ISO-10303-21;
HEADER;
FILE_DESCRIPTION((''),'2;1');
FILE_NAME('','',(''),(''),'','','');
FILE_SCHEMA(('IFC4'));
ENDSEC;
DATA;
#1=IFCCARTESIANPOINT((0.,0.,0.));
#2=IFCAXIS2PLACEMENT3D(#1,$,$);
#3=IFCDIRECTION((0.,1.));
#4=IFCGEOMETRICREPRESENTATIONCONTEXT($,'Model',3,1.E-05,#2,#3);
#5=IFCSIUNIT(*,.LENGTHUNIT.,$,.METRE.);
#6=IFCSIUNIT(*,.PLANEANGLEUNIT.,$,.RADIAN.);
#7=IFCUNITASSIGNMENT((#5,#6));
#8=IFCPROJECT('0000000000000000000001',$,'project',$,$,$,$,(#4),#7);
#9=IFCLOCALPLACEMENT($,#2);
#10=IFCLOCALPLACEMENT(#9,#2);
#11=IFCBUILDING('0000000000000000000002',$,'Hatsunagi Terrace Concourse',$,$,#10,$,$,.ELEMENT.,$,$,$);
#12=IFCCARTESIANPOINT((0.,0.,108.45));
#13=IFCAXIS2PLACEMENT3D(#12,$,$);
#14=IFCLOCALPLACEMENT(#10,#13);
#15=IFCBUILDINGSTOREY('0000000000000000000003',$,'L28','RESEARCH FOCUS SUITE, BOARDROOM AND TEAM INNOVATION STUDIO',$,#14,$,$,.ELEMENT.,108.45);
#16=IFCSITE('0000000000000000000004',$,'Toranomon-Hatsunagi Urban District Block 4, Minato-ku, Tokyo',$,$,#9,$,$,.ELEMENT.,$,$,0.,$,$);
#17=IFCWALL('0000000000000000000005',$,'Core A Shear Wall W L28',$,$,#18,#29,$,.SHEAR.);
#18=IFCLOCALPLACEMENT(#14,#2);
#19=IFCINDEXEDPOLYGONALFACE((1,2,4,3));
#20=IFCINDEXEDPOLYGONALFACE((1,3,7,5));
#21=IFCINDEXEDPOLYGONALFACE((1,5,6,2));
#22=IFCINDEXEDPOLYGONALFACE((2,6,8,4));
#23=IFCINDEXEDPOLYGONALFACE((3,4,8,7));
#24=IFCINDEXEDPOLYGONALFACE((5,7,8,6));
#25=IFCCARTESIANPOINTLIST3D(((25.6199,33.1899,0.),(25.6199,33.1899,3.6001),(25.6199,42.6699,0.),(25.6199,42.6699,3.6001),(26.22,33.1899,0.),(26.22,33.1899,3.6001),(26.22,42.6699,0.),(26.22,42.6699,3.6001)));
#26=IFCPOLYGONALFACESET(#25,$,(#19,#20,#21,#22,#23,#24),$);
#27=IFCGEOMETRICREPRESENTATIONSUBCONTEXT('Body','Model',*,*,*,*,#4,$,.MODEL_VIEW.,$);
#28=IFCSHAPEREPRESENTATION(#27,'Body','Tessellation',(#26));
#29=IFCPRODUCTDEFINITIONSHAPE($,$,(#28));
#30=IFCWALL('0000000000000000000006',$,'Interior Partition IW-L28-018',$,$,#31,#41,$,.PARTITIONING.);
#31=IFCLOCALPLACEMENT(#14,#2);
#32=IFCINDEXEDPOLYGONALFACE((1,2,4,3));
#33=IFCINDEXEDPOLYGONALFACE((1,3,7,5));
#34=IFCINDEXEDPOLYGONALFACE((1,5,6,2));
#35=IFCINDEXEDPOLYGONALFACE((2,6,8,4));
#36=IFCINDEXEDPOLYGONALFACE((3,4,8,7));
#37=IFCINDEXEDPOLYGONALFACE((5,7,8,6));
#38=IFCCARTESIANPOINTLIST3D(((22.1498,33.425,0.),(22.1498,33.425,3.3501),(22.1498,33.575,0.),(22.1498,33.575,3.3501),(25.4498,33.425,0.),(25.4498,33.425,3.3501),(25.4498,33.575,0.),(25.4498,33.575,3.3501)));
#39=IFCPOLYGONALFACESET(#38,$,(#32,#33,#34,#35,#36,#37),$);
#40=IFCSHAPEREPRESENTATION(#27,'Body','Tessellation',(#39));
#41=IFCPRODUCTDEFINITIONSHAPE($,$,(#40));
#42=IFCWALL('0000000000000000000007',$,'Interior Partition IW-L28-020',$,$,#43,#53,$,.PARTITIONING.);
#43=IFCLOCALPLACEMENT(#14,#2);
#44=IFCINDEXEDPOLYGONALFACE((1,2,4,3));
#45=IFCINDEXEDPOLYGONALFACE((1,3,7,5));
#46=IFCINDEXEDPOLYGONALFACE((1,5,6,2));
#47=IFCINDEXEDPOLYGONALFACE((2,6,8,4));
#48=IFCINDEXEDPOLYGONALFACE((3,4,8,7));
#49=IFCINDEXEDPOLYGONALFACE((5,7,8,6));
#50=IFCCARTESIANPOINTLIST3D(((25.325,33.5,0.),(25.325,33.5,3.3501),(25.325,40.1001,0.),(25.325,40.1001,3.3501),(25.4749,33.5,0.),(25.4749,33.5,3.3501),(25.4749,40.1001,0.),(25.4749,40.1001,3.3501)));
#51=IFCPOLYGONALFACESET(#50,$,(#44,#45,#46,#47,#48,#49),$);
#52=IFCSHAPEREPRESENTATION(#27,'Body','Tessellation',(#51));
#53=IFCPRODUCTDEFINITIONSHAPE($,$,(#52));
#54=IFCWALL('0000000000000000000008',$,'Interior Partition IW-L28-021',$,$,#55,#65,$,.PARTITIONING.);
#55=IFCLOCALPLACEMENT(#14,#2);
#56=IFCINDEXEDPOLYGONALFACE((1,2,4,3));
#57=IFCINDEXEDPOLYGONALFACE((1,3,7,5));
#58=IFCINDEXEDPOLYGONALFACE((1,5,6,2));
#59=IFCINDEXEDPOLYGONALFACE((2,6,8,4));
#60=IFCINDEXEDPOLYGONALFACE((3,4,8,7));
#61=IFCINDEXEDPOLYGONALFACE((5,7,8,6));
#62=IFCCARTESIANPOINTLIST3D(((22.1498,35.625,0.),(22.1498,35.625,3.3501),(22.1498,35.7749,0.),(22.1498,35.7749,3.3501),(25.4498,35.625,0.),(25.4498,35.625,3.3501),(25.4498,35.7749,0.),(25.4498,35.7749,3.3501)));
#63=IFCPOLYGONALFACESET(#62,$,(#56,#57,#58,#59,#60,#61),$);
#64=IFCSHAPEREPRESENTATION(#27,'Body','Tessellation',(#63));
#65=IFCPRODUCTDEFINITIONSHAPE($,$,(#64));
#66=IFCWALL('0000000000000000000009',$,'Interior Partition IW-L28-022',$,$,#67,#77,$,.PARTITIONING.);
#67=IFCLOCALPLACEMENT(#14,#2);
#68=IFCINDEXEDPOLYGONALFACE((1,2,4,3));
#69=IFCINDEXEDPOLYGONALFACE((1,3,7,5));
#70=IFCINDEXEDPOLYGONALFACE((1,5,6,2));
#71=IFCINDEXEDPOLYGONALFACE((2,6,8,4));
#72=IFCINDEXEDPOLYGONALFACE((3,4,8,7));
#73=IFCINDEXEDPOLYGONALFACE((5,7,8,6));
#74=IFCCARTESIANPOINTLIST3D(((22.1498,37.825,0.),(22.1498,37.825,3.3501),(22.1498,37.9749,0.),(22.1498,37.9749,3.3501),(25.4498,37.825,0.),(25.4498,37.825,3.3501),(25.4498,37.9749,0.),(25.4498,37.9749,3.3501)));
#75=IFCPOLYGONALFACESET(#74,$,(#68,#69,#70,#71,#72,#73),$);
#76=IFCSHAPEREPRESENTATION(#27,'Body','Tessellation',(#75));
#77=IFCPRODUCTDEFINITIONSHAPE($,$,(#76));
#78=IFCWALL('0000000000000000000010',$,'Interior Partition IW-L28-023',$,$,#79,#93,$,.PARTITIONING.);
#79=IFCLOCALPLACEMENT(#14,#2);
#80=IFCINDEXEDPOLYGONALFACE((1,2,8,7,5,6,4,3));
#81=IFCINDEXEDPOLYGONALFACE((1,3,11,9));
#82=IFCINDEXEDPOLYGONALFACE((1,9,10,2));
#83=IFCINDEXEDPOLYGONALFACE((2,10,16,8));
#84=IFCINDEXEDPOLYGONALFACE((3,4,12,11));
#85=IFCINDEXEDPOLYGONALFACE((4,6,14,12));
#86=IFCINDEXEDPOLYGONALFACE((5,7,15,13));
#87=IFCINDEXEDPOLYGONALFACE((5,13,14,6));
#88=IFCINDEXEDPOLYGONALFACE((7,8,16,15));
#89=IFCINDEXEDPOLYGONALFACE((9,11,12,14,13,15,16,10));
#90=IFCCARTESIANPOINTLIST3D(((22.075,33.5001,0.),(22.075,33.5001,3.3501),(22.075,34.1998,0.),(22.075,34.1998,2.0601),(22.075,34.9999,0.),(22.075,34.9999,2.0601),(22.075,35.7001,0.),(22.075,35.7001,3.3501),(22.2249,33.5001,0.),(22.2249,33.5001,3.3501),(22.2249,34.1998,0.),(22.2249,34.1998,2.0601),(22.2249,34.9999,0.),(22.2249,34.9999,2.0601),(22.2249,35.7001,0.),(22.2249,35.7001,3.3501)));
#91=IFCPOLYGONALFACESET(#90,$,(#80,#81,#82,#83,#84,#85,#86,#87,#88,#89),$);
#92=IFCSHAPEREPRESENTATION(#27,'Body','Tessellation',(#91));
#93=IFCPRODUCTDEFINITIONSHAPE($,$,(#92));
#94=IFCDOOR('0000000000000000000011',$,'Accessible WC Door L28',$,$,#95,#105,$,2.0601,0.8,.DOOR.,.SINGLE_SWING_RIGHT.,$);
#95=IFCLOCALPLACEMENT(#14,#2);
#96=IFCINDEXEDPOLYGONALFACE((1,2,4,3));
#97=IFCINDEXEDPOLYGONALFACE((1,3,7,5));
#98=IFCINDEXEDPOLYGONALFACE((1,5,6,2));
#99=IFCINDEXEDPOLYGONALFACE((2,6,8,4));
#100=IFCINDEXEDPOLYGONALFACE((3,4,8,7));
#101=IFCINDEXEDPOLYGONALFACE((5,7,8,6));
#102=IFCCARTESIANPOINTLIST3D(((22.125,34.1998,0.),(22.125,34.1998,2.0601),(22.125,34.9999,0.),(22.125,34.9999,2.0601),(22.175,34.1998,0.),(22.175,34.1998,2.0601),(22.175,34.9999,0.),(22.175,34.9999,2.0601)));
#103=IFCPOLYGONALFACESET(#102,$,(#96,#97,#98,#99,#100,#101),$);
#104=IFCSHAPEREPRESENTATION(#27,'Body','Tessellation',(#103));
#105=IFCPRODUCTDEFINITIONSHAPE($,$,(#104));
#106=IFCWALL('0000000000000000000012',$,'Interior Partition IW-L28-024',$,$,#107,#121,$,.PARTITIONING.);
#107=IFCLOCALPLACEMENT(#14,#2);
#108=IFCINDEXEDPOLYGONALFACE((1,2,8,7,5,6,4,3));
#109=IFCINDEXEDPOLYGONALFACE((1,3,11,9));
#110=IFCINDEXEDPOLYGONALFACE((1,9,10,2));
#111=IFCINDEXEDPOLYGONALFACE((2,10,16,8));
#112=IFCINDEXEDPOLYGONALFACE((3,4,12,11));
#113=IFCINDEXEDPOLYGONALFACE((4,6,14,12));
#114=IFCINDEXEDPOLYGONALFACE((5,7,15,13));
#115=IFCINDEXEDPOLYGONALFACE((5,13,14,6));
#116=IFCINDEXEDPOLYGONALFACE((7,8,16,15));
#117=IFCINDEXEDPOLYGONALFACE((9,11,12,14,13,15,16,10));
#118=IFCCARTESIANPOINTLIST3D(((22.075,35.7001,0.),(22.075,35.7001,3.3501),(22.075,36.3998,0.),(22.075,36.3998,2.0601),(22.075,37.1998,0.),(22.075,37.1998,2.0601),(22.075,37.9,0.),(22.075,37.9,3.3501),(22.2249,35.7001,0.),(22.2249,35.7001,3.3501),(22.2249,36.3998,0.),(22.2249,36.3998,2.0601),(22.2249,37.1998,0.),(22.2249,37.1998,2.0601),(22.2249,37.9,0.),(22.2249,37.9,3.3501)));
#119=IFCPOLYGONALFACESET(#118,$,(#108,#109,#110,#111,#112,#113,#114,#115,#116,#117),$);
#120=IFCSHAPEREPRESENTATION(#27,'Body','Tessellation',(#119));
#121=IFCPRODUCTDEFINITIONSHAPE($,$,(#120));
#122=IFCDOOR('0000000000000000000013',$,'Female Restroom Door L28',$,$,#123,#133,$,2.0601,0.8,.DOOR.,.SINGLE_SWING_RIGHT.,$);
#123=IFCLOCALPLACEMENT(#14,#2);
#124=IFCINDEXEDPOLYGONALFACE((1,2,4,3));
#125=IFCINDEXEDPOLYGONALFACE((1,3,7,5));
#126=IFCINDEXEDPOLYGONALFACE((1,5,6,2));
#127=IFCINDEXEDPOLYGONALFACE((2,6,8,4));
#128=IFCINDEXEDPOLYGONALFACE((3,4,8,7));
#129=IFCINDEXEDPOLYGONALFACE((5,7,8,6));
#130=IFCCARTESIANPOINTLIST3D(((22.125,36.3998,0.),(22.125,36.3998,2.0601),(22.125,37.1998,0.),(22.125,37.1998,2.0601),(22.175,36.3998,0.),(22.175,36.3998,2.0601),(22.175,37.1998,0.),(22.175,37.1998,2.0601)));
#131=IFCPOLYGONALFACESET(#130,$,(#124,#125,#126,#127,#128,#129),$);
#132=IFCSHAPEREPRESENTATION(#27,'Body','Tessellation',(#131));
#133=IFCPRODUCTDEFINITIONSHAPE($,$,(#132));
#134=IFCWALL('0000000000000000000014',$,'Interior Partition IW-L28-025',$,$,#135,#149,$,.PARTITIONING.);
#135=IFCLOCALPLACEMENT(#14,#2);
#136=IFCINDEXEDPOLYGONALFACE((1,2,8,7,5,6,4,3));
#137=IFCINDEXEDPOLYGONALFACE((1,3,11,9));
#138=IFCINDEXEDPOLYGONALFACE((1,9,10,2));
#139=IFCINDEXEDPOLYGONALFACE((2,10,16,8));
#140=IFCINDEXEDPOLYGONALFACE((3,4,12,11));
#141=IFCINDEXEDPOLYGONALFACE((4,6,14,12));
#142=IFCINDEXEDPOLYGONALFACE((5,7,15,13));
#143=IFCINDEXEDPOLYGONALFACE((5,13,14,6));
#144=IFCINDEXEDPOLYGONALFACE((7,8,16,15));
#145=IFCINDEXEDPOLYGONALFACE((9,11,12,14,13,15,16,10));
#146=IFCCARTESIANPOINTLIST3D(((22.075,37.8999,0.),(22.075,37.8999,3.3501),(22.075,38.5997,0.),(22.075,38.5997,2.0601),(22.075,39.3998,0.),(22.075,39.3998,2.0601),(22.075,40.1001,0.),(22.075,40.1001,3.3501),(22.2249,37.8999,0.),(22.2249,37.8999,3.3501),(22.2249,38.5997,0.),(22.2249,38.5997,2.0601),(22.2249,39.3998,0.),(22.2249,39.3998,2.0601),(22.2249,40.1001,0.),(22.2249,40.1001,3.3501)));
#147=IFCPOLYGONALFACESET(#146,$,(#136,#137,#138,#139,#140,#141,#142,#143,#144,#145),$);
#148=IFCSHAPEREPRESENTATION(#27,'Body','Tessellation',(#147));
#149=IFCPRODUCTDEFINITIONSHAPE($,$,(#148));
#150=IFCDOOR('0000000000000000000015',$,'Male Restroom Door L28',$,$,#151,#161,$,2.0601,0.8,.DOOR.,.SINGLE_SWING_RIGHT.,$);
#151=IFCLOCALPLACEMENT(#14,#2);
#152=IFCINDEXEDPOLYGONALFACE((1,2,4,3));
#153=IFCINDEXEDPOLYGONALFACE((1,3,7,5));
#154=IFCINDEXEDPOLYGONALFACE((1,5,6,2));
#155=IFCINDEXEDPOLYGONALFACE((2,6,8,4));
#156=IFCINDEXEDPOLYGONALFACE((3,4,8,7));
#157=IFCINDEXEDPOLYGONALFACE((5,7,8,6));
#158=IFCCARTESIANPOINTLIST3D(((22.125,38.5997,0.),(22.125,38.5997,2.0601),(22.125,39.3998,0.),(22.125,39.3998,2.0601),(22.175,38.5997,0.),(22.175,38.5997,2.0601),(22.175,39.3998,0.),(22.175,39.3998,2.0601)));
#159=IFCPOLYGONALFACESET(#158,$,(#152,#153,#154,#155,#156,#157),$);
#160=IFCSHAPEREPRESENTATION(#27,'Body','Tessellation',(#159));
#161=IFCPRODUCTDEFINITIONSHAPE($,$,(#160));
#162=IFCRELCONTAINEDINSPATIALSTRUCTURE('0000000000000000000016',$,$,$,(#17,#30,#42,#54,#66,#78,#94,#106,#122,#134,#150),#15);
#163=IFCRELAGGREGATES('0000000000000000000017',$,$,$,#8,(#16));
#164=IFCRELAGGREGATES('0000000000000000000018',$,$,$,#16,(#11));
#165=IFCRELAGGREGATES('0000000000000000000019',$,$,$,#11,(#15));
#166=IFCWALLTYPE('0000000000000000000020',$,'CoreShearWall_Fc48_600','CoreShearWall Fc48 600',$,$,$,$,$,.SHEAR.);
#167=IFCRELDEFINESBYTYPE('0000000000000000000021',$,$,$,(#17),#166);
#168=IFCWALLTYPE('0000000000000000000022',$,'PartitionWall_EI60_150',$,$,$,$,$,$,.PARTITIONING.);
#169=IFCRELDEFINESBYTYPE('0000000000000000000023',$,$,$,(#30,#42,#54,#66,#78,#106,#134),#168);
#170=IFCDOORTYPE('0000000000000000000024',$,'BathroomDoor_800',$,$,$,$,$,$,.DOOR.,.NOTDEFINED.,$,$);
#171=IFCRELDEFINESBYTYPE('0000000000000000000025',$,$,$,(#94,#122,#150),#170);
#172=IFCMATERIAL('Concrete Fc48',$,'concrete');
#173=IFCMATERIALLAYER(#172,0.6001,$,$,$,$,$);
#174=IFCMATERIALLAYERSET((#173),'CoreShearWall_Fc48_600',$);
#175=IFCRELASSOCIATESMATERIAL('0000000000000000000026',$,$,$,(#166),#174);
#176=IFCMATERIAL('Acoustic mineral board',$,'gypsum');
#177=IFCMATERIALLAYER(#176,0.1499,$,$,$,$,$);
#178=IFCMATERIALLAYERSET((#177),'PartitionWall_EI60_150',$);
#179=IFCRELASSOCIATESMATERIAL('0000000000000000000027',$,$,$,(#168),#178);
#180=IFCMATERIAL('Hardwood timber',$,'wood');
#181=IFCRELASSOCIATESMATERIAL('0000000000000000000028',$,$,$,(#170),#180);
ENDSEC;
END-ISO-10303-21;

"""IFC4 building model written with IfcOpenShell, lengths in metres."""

from ifc_helpers import new_model, si_unit, direction, frame, frame_2d, origin, place, context, subcontext, project, spatial, rectangle, extrude, material, layer, layer_set, type_object, element, fill, save


model = new_model("IFC4")

# Units and contexts
model_context = context("Model", 3, precision=1e-05, world=origin(), true_north=direction((0.0, 1.0)))
body_context = subcontext(model_context, "Body", "Model", "MODEL_VIEW")
ifc_project = project(units=[si_unit("LENGTHUNIT", "METRE"), si_unit("PLANEANGLEUNIT", "RADIAN")], contexts=[model_context])

# Site, building, storey
site_placement = place(None, origin())
site = spatial("IfcSite", under=ifc_project, at=site_placement, Name="Toranomon-Hatsunagi Urban District Block 4, Minato-ku, Tokyo", CompositionType="ELEMENT", RefElevation=0.0)
building_placement = place(site_placement, origin())
building = spatial("IfcBuilding", under=site, at=building_placement, Name="Hatsunagi Terrace Concourse", CompositionType="ELEMENT")
storey_placement = place(building_placement, frame((0.0, 0.0, 108.45)))
storey = spatial("IfcBuildingStorey", under=building, at=storey_placement, Name="L28", Description="RESEARCH FOCUS SUITE, BOARDROOM AND TEAM INNOVATION STUDIO", CompositionType="ELEMENT", Elevation=108.45)

# Walls
ifc_material_1 = material(Name="Concrete Fc48", Category="concrete")
ifc_layer_1 = layer(ifc_material_1, 0.6001)
ifc_layer_set_1 = layer_set([ifc_layer_1], Name="CoreShearWall_Fc48_600")
wall_type_1 = type_object("IfcWallType", Name="CoreShearWall_Fc48_600", Description="CoreShearWall Fc48 600", PredefinedType="SHEAR", material=ifc_layer_set_1)
wall_1_placement = place(storey_placement, frame((25.9199, 33.1899, 0.0), z_axis=(0.0, 0.0, 1.0), x_axis=(0.0, 1.0, 0.0)))
element("IfcWall", 1, at=wall_1_placement, inside=storey, type_object=wall_type_1, Name="Core A Shear Wall W L28", PredefinedType="SHEAR", context=body_context, shape_type="SweptSolid", body=[
    extrude(rectangle(XDim=9.48, YDim=0.6001, at=frame_2d((4.74, 0.0))), origin(), (0.0, 0.0, 1.0), 3.6001),
])
ifc_material_2 = material(Name="Acoustic mineral board", Category="gypsum")
ifc_layer_2 = layer(ifc_material_2, 0.1499)
ifc_layer_set_2 = layer_set([ifc_layer_2], Name="PartitionWall_EI60_150")
wall_type_2 = type_object("IfcWallType", Name="PartitionWall_EI60_150", PredefinedType="PARTITIONING", material=ifc_layer_set_2)
wall_2_placement = place(storey_placement, frame((22.1499, 33.5, 0.0), z_axis=(0.0, 0.0, 1.0), x_axis=(1.0, 0.0, 0.0)))
element("IfcWall", 2, at=wall_2_placement, inside=storey, type_object=wall_type_2, Name="Interior Partition IW-L28-018", PredefinedType="PARTITIONING", context=body_context, shape_type="SweptSolid", body=[
    extrude(rectangle(XDim=3.3, YDim=0.1499, at=frame_2d((1.6499, 0.0))), origin(), (0.0, 0.0, 1.0), 3.3501),
])
wall_3_placement = place(storey_placement, frame((25.3999, 33.5, 0.0), z_axis=(0.0, 0.0, 1.0), x_axis=(0.0, 1.0, 0.0)))
element("IfcWall", 3, at=wall_3_placement, inside=storey, type_object=wall_type_2, Name="Interior Partition IW-L28-020", PredefinedType="PARTITIONING", context=body_context, shape_type="SweptSolid", body=[
    extrude(rectangle(XDim=6.6001, YDim=0.1499, at=frame_2d((3.3, 0.0))), origin(), (0.0, 0.0, 1.0), 3.3501),
])
for number, where, z_axis, x_axis, name in (
    (4, (22.1499, 35.7, 0.0), (0.0, 0.0, 1.0), (1.0, 0.0, 0.0), "Interior Partition IW-L28-021"),
    (5, (22.1499, 37.8999, 0.0), (0.0, 0.0, 1.0), (1.0, 0.0, 0.0), "Interior Partition IW-L28-022"),
):
    element("IfcWall", number, at=place(storey_placement, frame(where, z_axis=z_axis, x_axis=x_axis)), inside=storey, type_object=wall_type_2, Name=name, PredefinedType="PARTITIONING", context=body_context, shape_type="SweptSolid", body=[
        extrude(rectangle(XDim=3.3, YDim=0.1499, at=frame_2d((1.6499, 0.0))), origin(), (0.0, 0.0, 1.0), 3.3501),
    ])

# Walls, openings, doors
wall_4_placement = place(storey_placement, frame((22.1499, 33.5, 0.0), z_axis=(0.0, 0.0, 1.0), x_axis=(0.0, 1.0, 0.0)))
wall_4 = element("IfcWall", 6, at=wall_4_placement, inside=storey, type_object=wall_type_2, Name="Interior Partition IW-L28-023", PredefinedType="PARTITIONING", context=body_context, shape_type="SweptSolid", body=[
    extrude(rectangle(XDim=2.2, YDim=0.1499, at=frame_2d((1.1001, 0.0))), origin(), (0.0, 0.0, 1.0), 3.3501),
])
opening_1_placement = place(wall_4_placement, frame((0.7, 0.0, 0.0)))
opening_1 = element("IfcOpeningElement", 7, at=opening_1_placement, cuts=wall_4, PredefinedType="OPENING", context=body_context, shape_type="SweptSolid", body=[
    extrude(rectangle(XDim=0.8, YDim=2.0601, at=frame_2d((0.3999, 1.03))), frame((0.0, 0.085, 0.0), z_axis=(0.0, -1.0, 0.0), x_axis=(1.0, 0.0, 0.0)), (0.0, 0.0, 1.0), 0.1699),
])
ifc_material_3 = material(Name="Hardwood timber", Category="wood")
door_type = type_object("IfcDoorType", Name="BathroomDoor_800", OperationType="NOTDEFINED", PredefinedType="DOOR", material=ifc_material_3)
door_1_placement = place(opening_1_placement, origin())
door_1 = element("IfcDoor", 8, at=door_1_placement, inside=storey, type_object=door_type, Name="Accessible WC Door L28", OperationType="SINGLE_SWING_RIGHT", OverallHeight=2.0601, OverallWidth=0.8, PredefinedType="DOOR", context=body_context, shape_type="SweptSolid", body=[
    extrude(rectangle(XDim=0.8, YDim=2.0601, at=frame_2d((0.3999, 1.03))), frame((0.0, 0.0249, 0.0), z_axis=(0.0, -1.0, 0.0), x_axis=(1.0, 0.0, 0.0)), (0.0, 0.0, 1.0), 0.05),
])
fill(opening_1, door_1)
wall_5_placement = place(storey_placement, frame((22.1499, 35.7, 0.0), z_axis=(0.0, 0.0, 1.0), x_axis=(0.0, 1.0, 0.0)))
wall_5 = element("IfcWall", 9, at=wall_5_placement, inside=storey, type_object=wall_type_2, Name="Interior Partition IW-L28-024", PredefinedType="PARTITIONING", context=body_context, shape_type="SweptSolid", body=[
    extrude(rectangle(XDim=2.2, YDim=0.1499, at=frame_2d((1.1001, 0.0))), origin(), (0.0, 0.0, 1.0), 3.3501),
])
opening_2_placement = place(wall_5_placement, frame((0.7, 0.0, 0.0)))
opening_2 = element("IfcOpeningElement", 10, at=opening_2_placement, cuts=wall_5, PredefinedType="OPENING", context=body_context, shape_type="SweptSolid", body=[
    extrude(rectangle(XDim=0.8, YDim=2.0601, at=frame_2d((0.3999, 1.03))), frame((0.0, 0.085, 0.0), z_axis=(0.0, -1.0, 0.0), x_axis=(1.0, 0.0, 0.0)), (0.0, 0.0, 1.0), 0.1699),
])
door_2_placement = place(opening_2_placement, origin())
door_2 = element("IfcDoor", 11, at=door_2_placement, inside=storey, type_object=door_type, Name="Female Restroom Door L28", OperationType="SINGLE_SWING_RIGHT", OverallHeight=2.0601, OverallWidth=0.8, PredefinedType="DOOR", context=body_context, shape_type="SweptSolid", body=[
    extrude(rectangle(XDim=0.8, YDim=2.0601, at=frame_2d((0.3999, 1.03))), frame((0.0, 0.0249, 0.0), z_axis=(0.0, -1.0, 0.0), x_axis=(1.0, 0.0, 0.0)), (0.0, 0.0, 1.0), 0.05),
])
fill(opening_2, door_2)
wall_6_placement = place(storey_placement, frame((22.1499, 37.8999, 0.0), z_axis=(0.0, 0.0, 1.0), x_axis=(0.0, 1.0, 0.0)))
wall_6 = element("IfcWall", 12, at=wall_6_placement, inside=storey, type_object=wall_type_2, Name="Interior Partition IW-L28-025", PredefinedType="PARTITIONING", context=body_context, shape_type="SweptSolid", body=[
    extrude(rectangle(XDim=2.2002, YDim=0.1499, at=frame_2d((1.1001, 0.0))), origin(), (0.0, 0.0, 1.0), 3.3501),
])
opening_3_placement = place(wall_6_placement, frame((0.7, 0.0, 0.0)))
opening_3 = element("IfcOpeningElement", 13, at=opening_3_placement, cuts=wall_6, PredefinedType="OPENING", context=body_context, shape_type="SweptSolid", body=[
    extrude(rectangle(XDim=0.8, YDim=2.0601, at=frame_2d((0.3999, 1.03))), frame((0.0, 0.085, 0.0), z_axis=(0.0, -1.0, 0.0), x_axis=(1.0, 0.0, 0.0)), (0.0, 0.0, 1.0), 0.1699),
])
door_3_placement = place(opening_3_placement, origin())
door_3 = element("IfcDoor", 14, at=door_3_placement, inside=storey, type_object=door_type, Name="Male Restroom Door L28", OperationType="SINGLE_SWING_RIGHT", OverallHeight=2.0601, OverallWidth=0.8, PredefinedType="DOOR", context=body_context, shape_type="SweptSolid", body=[
    extrude(rectangle(XDim=0.8, YDim=2.0601, at=frame_2d((0.3999, 1.03))), frame((0.0, 0.0249, 0.0), z_axis=(0.0, -1.0, 0.0), x_axis=(1.0, 0.0, 0.0)), (0.0, 0.0, 1.0), 0.05),
])
fill(opening_3, door_3)

save(model, "model.ifc")
